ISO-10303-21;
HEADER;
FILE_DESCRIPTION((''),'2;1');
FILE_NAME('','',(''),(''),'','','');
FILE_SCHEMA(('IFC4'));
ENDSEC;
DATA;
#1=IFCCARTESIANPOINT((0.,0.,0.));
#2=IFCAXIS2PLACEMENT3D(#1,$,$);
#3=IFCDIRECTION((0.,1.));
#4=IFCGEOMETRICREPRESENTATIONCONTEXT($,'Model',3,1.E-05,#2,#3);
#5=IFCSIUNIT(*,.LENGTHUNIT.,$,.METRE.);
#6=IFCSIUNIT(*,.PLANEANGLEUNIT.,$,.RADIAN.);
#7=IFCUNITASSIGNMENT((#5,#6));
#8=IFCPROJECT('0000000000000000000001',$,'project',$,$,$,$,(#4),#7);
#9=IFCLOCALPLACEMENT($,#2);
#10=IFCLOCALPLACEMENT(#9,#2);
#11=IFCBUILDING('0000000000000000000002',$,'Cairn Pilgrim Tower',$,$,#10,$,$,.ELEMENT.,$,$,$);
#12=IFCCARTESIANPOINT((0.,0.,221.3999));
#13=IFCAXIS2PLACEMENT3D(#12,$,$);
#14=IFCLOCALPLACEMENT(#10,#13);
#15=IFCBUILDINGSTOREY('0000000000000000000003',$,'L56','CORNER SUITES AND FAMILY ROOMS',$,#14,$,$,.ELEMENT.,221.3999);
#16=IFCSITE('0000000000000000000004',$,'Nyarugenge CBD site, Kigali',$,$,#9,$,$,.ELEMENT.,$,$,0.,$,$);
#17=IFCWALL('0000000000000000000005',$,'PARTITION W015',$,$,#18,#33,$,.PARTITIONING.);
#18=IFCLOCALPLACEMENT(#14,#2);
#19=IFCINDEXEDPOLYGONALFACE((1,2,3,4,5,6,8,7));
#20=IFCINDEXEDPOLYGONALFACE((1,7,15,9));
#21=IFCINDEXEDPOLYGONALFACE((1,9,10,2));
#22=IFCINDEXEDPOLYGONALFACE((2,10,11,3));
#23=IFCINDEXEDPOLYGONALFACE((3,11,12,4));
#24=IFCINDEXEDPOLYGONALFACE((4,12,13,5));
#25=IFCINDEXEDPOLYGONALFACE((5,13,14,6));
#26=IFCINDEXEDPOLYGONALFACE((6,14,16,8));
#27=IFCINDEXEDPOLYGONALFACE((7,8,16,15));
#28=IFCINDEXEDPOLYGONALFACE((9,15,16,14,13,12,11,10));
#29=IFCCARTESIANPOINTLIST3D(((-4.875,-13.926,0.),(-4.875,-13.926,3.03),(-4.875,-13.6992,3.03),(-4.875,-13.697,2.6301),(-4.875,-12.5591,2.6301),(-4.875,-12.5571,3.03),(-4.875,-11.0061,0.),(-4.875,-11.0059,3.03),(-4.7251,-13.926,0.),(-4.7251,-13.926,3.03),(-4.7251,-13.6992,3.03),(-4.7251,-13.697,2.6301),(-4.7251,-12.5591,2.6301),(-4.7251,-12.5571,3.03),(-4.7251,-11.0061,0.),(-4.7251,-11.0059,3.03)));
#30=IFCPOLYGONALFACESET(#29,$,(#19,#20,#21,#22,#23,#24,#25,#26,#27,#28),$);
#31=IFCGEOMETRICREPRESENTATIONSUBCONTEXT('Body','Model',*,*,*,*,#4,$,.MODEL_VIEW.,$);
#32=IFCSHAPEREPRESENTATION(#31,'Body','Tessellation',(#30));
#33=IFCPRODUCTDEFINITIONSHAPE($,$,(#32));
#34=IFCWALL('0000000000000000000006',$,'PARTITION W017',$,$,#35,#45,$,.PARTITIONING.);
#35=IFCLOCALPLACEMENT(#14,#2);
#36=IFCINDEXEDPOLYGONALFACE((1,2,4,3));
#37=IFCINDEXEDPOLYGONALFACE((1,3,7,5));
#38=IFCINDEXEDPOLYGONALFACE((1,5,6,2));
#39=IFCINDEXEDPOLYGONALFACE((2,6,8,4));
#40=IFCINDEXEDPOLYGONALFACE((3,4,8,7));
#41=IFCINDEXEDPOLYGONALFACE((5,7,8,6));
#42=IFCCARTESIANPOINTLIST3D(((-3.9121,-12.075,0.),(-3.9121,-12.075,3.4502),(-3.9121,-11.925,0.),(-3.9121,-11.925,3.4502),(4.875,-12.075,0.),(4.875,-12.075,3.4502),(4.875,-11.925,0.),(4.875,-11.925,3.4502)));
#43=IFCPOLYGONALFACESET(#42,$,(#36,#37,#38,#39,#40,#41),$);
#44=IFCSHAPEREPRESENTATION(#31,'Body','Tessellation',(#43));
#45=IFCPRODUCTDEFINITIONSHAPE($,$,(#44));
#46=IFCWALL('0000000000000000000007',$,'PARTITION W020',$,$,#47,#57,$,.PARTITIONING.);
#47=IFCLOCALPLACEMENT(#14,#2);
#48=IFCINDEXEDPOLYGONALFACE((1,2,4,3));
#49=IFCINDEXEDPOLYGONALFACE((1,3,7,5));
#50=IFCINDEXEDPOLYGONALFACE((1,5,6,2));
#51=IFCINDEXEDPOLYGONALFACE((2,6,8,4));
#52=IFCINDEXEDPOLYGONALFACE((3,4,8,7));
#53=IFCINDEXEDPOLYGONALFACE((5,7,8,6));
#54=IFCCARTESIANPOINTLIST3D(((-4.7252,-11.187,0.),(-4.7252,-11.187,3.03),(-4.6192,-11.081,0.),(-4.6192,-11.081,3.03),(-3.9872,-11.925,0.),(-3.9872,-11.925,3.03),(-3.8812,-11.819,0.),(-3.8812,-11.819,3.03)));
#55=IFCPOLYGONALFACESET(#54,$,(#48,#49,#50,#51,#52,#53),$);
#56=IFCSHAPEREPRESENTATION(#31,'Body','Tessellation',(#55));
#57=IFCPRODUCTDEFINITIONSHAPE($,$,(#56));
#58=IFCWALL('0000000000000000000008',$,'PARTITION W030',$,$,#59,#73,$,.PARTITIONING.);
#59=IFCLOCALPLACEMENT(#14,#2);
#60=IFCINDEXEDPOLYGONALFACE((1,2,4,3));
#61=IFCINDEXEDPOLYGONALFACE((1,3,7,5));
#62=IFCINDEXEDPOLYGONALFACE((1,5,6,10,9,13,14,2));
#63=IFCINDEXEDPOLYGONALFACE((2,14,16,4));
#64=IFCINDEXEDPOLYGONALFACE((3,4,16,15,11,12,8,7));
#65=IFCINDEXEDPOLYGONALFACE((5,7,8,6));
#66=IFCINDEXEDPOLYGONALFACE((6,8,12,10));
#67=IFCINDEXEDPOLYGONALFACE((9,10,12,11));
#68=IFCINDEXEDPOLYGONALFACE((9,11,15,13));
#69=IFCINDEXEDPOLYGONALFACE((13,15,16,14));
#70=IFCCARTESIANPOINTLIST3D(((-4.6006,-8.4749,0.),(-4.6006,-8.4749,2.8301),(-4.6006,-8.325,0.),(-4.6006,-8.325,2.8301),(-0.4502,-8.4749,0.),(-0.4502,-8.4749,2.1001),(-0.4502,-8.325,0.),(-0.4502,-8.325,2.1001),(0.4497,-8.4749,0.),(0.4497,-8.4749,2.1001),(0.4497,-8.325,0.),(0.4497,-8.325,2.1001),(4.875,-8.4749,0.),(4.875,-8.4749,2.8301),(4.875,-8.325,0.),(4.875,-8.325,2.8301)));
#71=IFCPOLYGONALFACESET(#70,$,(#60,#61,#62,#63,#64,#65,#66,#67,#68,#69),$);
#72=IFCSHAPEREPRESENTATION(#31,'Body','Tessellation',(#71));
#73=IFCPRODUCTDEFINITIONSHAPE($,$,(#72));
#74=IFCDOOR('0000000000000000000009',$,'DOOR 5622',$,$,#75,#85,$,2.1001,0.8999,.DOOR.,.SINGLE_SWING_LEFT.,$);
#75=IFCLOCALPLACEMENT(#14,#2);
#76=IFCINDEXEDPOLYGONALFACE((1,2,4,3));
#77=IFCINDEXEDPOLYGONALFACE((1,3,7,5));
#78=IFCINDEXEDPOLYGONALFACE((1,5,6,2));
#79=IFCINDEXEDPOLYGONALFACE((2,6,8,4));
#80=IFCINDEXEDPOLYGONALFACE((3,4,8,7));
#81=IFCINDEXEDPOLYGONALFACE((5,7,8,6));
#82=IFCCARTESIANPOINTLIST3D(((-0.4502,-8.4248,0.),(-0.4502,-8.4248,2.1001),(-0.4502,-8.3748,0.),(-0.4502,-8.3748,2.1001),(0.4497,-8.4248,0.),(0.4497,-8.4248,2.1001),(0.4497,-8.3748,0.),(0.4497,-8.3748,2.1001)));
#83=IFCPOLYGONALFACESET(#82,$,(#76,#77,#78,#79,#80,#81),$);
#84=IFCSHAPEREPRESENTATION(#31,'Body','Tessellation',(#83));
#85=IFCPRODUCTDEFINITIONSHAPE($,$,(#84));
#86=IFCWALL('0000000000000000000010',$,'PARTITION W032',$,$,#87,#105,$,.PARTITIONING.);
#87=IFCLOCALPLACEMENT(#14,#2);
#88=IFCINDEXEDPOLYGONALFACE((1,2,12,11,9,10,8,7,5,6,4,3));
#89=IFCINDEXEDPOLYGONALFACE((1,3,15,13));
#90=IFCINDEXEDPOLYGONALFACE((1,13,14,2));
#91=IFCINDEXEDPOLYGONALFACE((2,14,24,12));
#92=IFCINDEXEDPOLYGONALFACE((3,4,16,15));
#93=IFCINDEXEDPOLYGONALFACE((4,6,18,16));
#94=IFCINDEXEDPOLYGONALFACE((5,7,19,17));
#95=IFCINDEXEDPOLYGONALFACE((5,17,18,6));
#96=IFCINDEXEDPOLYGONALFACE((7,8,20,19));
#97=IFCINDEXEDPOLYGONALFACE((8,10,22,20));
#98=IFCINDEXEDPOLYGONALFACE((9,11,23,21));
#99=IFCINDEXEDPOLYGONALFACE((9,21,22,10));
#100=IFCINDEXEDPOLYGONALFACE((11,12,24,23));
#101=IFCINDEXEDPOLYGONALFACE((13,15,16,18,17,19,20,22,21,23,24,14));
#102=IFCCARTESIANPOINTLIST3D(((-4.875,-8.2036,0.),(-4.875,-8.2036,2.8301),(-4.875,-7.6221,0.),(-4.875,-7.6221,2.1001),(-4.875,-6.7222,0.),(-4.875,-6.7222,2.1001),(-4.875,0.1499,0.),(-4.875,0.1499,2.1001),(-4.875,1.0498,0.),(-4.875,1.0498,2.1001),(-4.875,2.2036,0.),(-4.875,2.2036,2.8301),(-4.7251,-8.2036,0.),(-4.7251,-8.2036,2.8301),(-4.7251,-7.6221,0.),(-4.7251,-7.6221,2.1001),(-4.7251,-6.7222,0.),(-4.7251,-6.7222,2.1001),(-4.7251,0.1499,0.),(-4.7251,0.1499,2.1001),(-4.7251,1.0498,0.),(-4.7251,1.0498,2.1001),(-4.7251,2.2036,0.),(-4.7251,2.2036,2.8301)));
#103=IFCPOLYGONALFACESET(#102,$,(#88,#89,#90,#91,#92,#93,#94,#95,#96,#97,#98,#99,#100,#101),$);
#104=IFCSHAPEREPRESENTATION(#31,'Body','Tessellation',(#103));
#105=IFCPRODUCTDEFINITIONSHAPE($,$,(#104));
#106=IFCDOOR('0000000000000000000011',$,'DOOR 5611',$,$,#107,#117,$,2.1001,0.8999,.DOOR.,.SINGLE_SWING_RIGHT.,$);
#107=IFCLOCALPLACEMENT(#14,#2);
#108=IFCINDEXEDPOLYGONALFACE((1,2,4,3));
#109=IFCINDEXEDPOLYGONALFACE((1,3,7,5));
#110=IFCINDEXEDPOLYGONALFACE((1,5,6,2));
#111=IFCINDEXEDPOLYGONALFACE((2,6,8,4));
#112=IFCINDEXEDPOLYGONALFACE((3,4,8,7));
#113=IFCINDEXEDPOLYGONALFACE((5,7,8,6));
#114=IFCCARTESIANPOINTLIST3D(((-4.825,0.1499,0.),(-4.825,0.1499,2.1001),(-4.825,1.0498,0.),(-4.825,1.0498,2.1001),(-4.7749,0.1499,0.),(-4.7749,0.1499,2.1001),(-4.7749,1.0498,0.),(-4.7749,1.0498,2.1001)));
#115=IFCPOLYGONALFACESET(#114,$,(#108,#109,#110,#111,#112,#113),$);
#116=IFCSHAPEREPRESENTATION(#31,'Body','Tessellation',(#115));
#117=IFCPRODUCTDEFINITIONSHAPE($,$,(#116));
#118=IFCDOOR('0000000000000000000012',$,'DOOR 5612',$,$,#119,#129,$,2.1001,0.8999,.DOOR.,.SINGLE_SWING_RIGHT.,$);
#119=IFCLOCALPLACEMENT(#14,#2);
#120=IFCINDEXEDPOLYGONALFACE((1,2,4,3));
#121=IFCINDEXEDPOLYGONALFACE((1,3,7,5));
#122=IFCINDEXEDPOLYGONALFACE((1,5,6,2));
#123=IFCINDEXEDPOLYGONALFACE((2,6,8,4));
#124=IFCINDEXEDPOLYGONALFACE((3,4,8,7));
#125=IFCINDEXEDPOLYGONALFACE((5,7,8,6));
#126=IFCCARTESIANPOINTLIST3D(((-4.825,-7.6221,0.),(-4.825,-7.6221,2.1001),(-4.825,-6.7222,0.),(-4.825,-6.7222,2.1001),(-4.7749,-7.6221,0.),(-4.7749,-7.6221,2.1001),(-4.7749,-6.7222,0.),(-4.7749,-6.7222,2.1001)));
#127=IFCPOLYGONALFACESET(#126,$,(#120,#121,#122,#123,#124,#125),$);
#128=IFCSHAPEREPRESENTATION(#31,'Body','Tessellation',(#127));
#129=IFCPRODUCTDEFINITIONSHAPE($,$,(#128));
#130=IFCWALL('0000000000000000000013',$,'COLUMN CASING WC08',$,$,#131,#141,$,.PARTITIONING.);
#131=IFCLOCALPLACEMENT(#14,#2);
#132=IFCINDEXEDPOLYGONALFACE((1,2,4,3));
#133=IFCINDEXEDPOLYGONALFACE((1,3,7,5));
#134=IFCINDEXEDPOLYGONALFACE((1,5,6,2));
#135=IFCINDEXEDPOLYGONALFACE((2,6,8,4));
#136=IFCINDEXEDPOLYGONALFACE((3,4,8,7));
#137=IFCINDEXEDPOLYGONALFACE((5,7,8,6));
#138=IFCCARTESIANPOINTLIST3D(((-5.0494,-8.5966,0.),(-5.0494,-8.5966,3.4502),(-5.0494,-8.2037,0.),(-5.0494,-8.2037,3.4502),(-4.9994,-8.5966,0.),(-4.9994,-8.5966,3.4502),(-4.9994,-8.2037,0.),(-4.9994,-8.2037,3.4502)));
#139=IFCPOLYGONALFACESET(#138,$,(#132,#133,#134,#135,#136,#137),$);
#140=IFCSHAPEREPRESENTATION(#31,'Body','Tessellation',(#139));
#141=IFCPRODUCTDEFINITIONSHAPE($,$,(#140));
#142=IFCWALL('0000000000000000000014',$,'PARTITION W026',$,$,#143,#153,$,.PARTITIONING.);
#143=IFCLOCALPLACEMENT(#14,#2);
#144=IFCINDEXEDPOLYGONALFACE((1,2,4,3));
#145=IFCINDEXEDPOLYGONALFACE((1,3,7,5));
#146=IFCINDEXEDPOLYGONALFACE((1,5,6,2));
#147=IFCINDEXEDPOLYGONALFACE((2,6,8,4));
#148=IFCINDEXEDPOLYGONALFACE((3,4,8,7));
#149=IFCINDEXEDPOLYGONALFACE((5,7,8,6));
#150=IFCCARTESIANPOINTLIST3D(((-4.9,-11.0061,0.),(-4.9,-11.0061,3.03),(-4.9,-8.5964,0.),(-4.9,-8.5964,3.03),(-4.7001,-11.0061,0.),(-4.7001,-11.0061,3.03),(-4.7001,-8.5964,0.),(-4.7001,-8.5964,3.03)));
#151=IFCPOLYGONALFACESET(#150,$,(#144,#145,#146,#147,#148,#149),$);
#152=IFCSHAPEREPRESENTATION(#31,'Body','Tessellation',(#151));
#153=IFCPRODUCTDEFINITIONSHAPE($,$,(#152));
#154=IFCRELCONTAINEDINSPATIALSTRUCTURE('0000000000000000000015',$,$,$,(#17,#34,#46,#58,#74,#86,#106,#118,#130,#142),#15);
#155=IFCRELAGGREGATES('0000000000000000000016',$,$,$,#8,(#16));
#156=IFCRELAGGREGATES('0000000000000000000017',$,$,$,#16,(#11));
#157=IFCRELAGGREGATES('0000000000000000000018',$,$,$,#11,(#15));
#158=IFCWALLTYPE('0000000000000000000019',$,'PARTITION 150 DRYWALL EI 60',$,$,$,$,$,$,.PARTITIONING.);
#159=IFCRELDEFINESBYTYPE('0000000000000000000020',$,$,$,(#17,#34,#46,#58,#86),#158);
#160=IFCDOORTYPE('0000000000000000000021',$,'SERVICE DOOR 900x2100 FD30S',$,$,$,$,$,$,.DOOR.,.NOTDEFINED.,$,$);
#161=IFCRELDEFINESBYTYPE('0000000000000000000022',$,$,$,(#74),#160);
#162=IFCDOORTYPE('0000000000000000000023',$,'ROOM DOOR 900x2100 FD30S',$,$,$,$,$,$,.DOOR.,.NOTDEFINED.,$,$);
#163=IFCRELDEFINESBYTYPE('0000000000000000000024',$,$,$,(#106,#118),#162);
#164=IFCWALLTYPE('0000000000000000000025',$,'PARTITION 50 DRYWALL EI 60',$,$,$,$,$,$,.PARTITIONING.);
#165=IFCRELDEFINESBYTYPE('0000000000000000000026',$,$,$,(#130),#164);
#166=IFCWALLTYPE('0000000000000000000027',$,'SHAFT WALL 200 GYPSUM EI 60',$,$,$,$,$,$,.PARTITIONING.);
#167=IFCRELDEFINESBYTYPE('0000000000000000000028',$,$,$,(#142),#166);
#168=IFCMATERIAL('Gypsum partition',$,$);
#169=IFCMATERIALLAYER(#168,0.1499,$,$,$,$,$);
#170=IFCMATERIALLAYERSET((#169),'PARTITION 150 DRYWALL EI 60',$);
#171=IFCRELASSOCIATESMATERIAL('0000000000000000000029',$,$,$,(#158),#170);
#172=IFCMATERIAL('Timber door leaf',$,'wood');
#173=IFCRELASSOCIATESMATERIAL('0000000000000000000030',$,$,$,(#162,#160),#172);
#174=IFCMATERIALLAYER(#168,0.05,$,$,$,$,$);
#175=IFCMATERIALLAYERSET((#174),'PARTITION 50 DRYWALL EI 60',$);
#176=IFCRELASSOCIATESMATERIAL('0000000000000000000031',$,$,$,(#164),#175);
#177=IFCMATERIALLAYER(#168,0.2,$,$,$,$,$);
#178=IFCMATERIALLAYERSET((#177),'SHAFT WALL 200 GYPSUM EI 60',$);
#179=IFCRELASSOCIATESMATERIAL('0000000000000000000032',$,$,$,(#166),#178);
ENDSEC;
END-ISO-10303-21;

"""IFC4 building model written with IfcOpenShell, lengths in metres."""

from ifc_helpers import new_model, si_unit, direction, frame, frame_2d, origin, place, context, subcontext, project, spatial, polyline, rectangle, outline, extrude, material, layer, layer_set, type_object, element, fill, save


model = new_model("IFC4")

# Units and contexts
model_context = context("Model", 3, precision=1e-05, world=origin(), true_north=direction((0.0, 1.0)))
body_context = subcontext(model_context, "Body", "Model", "MODEL_VIEW")
ifc_project = project(units=[si_unit("LENGTHUNIT", "METRE"), si_unit("PLANEANGLEUNIT", "RADIAN")], contexts=[model_context])

# Site, building, storey
site_placement = place(None, origin())
site = spatial("IfcSite", under=ifc_project, at=site_placement, Name="Nyarugenge CBD site, Kigali", CompositionType="ELEMENT", RefElevation=0.0)
building_placement = place(site_placement, origin())
building = spatial("IfcBuilding", under=site, at=building_placement, Name="Cairn Pilgrim Tower", CompositionType="ELEMENT")
storey_placement = place(building_placement, frame((0.0, 0.0, 221.3999)))
storey = spatial("IfcBuildingStorey", under=building, at=storey_placement, Name="L56", Description="CORNER SUITES AND FAMILY ROOMS", CompositionType="ELEMENT", Elevation=221.3999)

# Shared definitions
ifc_material_1 = material(Name="Gypsum partition")
ifc_layer_1 = layer(ifc_material_1, 0.1499)
ifc_layer_set_1 = layer_set([ifc_layer_1], Name="PARTITION 150 DRYWALL EI 60")
wall_type_1 = type_object("IfcWallType", Name="PARTITION 150 DRYWALL EI 60", PredefinedType="PARTITIONING", material=ifc_layer_set_1)
ifc_material_2 = material(Name="Timber door leaf", Category="wood")
door_type_1 = type_object("IfcDoorType", Name="ROOM DOOR 900x2100 FD30S", OperationType="NOTDEFINED", PredefinedType="DOOR", material=ifc_material_2)

# Walls
wall_1_placement = place(storey_placement, frame((-4.8, -13.926, 0.0), z_axis=(0.0, 0.0, 1.0), x_axis=(0.0, 1.0, 0.0)))
element("IfcWall", 1, at=wall_1_placement, inside=storey, type_object=wall_type_1, Name="PARTITION W015", PredefinedType="PARTITIONING", context=body_context, shape_type="SweptSolid", body=[
    extrude(outline(polyline([(0.0, 0.0), (2.9199, 0.0), (2.9202, 3.03), (1.3689, 3.03), (1.3669, 2.6301), (0.229, 2.6301), (0.2268, 3.03), (0.0, 3.03), (0.0, 0.0)])), frame((0.0, 0.075, 0.0), z_axis=(0.0, -1.0, 0.0), x_axis=(1.0, 0.0, 0.0)), (0.0, 0.0, 1.0), 0.1499),
])
wall_2_placement = place(storey_placement, frame((-3.9121, -12.0, 0.0), z_axis=(0.0, 0.0, 1.0), x_axis=(1.0, 0.0, 0.0)))
element("IfcWall", 2, at=wall_2_placement, inside=storey, type_object=wall_type_1, Name="PARTITION W017", PredefinedType="PARTITIONING", context=body_context, shape_type="SweptSolid", body=[
    extrude(rectangle(XDim=8.7871, YDim=0.1499, at=frame_2d((4.3936, 0.0))), origin(), (0.0, 0.0, 1.0), 3.4502),
])
wall_3_placement = place(storey_placement, frame((-3.9341, -11.8721, 0.0), z_axis=(0.0, 0.0, 1.0), x_axis=(-0.707107, 0.707107, 0.0)))
element("IfcWall", 3, at=wall_3_placement, inside=storey, type_object=wall_type_1, Name="PARTITION W020", PredefinedType="PARTITIONING", context=body_context, shape_type="SweptSolid", body=[
    extrude(rectangle(XDim=1.0437, YDim=0.1499, at=frame_2d((0.522, 0.0))), origin(), (0.0, 0.0, 1.0), 3.03),
])

# Wall, opening, door
wall_4_placement = place(storey_placement, frame((-4.6006, -8.3999, 0.0), z_axis=(0.0, 0.0, 1.0), x_axis=(1.0, 0.0, 0.0)))
wall_4 = element("IfcWall", 4, at=wall_4_placement, inside=storey, type_object=wall_type_1, Name="PARTITION W030", PredefinedType="PARTITIONING", context=body_context, shape_type="SweptSolid", body=[
    extrude(rectangle(XDim=9.4756, YDim=0.1499, at=frame_2d((4.7378, 0.0))), origin(), (0.0, 0.0, 1.0), 2.8301),
])
opening_1_placement = place(wall_4_placement, frame((4.1504, 0.0, 0.0)))
opening_1 = element("IfcOpeningElement", 5, at=opening_1_placement, cuts=wall_4, PredefinedType="OPENING", context=body_context, shape_type="SweptSolid", body=[
    extrude(rectangle(XDim=0.8999, YDim=2.1001, at=frame_2d((0.45, 1.05))), frame((0.0, 0.085, 0.0), z_axis=(0.0, -1.0, 0.0), x_axis=(1.0, 0.0, 0.0)), (0.0, 0.0, 1.0), 0.1699),
])
door_type_2 = type_object("IfcDoorType", Name="SERVICE DOOR 900x2100 FD30S", OperationType="NOTDEFINED", PredefinedType="DOOR", material=ifc_material_2)
door_1_placement = place(opening_1_placement, frame((0.8999, 0.0, 0.0), z_axis=(0.0, 0.0, 1.0), x_axis=(-1.0, 0.0, 0.0)))
door_1 = element("IfcDoor", 6, at=door_1_placement, inside=storey, type_object=door_type_2, Name="DOOR 5622", OperationType="SINGLE_SWING_LEFT", OverallHeight=2.1001, OverallWidth=0.8999, PredefinedType="DOOR", context=body_context, shape_type="SweptSolid", body=[
    extrude(rectangle(XDim=0.8999, YDim=2.1001, at=frame_2d((0.45, 1.05))), frame((0.0, 0.0249, 0.0), z_axis=(0.0, -1.0, 0.0), x_axis=(1.0, 0.0, 0.0)), (0.0, 0.0, 1.0), 0.05),
])
fill(opening_1, door_1)

# Wall, openings, doors
wall_5_placement = place(storey_placement, frame((-4.8, -8.2036, 0.0), z_axis=(0.0, 0.0, 1.0), x_axis=(0.0, 1.0, 0.0)))
wall_5 = element("IfcWall", 7, at=wall_5_placement, inside=storey, type_object=wall_type_1, Name="PARTITION W032", PredefinedType="PARTITIONING", context=body_context, shape_type="SweptSolid", body=[
    extrude(rectangle(XDim=10.4072, YDim=0.1499, at=frame_2d((5.2036, 0.0))), origin(), (0.0, 0.0, 1.0), 2.8301),
])
opening_2_placement = place(wall_5_placement, frame((8.3535, 0.0, 0.0)))
opening_2 = element("IfcOpeningElement", 8, at=opening_2_placement, cuts=wall_5, PredefinedType="OPENING", context=body_context, shape_type="SweptSolid", body=[
    extrude(rectangle(XDim=0.8999, YDim=2.1001, at=frame_2d((0.45, 1.05))), frame((0.0, 0.085, 0.0), z_axis=(0.0, -1.0, 0.0), x_axis=(1.0, 0.0, 0.0)), (0.0, 0.0, 1.0), 0.1699),
])
opening_3_placement = place(wall_5_placement, frame((0.5815, 0.0, 0.0)))
opening_3 = element("IfcOpeningElement", 9, at=opening_3_placement, cuts=wall_5, PredefinedType="OPENING", context=body_context, shape_type="SweptSolid", body=[
    extrude(rectangle(XDim=0.8999, YDim=2.1001, at=frame_2d((0.45, 1.05))), frame((0.0, 0.085, 0.0), z_axis=(0.0, -1.0, 0.0), x_axis=(1.0, 0.0, 0.0)), (0.0, 0.0, 1.0), 0.1699),
])
door_2_placement = place(opening_2_placement, origin())
door_2 = element("IfcDoor", 10, at=door_2_placement, inside=storey, type_object=door_type_1, Name="DOOR 5611", OperationType="SINGLE_SWING_RIGHT", OverallHeight=2.1001, OverallWidth=0.8999, PredefinedType="DOOR", context=body_context, shape_type="SweptSolid", body=[
    extrude(rectangle(XDim=0.8999, YDim=2.1001, at=frame_2d((0.45, 1.05))), frame((0.0, 0.0249, 0.0), z_axis=(0.0, -1.0, 0.0), x_axis=(1.0, 0.0, 0.0)), (0.0, 0.0, 1.0), 0.05),
])
fill(opening_2, door_2)
door_3_placement = place(opening_3_placement, origin())
door_3 = element("IfcDoor", 11, at=door_3_placement, inside=storey, type_object=door_type_1, Name="DOOR 5612", OperationType="SINGLE_SWING_RIGHT", OverallHeight=2.1001, OverallWidth=0.8999, PredefinedType="DOOR", context=body_context, shape_type="SweptSolid", body=[
    extrude(rectangle(XDim=0.8999, YDim=2.1001, at=frame_2d((0.45, 1.05))), frame((0.0, 0.0249, 0.0), z_axis=(0.0, -1.0, 0.0), x_axis=(1.0, 0.0, 0.0)), (0.0, 0.0, 1.0), 0.05),
])
fill(opening_3, door_3)

# Walls
ifc_layer_2 = layer(ifc_material_1, 0.05)
ifc_layer_set_2 = layer_set([ifc_layer_2], Name="PARTITION 50 DRYWALL EI 60")
wall_type_2 = type_object("IfcWallType", Name="PARTITION 50 DRYWALL EI 60", PredefinedType="PARTITIONING", material=ifc_layer_set_2)
wall_6_placement = place(storey_placement, frame((-5.0244, -8.5964, 0.0), z_axis=(0.0, 0.0, 1.0), x_axis=(0.0, 1.0, 0.0)))
element("IfcWall", 12, at=wall_6_placement, inside=storey, type_object=wall_type_2, Name="COLUMN CASING WC08", PredefinedType="PARTITIONING", context=body_context, shape_type="SweptSolid", body=[
    extrude(rectangle(XDim=0.3928, YDim=0.05, at=frame_2d((0.1963, 0.0))), origin(), (0.0, 0.0, 1.0), 3.4502),
])
ifc_layer_3 = layer(ifc_material_1, 0.2)
ifc_layer_set_3 = layer_set([ifc_layer_3], Name="SHAFT WALL 200 GYPSUM EI 60")
wall_type_3 = type_object("IfcWallType", Name="SHAFT WALL 200 GYPSUM EI 60", PredefinedType="PARTITIONING", material=ifc_layer_set_3)
wall_7_placement = place(storey_placement, frame((-4.8, -11.0061, 0.0), z_axis=(0.0, 0.0, 1.0), x_axis=(0.0, 1.0, 0.0)))
element("IfcWall", 13, at=wall_7_placement, inside=storey, type_object=wall_type_3, Name="PARTITION W026", PredefinedType="PARTITIONING", context=body_context, shape_type="SweptSolid", body=[
    extrude(rectangle(XDim=2.4097, YDim=0.2, at=frame_2d((1.2048, 0.0))), origin(), (0.0, 0.0, 1.0), 3.03),
])

save(model, "model.ifc")
